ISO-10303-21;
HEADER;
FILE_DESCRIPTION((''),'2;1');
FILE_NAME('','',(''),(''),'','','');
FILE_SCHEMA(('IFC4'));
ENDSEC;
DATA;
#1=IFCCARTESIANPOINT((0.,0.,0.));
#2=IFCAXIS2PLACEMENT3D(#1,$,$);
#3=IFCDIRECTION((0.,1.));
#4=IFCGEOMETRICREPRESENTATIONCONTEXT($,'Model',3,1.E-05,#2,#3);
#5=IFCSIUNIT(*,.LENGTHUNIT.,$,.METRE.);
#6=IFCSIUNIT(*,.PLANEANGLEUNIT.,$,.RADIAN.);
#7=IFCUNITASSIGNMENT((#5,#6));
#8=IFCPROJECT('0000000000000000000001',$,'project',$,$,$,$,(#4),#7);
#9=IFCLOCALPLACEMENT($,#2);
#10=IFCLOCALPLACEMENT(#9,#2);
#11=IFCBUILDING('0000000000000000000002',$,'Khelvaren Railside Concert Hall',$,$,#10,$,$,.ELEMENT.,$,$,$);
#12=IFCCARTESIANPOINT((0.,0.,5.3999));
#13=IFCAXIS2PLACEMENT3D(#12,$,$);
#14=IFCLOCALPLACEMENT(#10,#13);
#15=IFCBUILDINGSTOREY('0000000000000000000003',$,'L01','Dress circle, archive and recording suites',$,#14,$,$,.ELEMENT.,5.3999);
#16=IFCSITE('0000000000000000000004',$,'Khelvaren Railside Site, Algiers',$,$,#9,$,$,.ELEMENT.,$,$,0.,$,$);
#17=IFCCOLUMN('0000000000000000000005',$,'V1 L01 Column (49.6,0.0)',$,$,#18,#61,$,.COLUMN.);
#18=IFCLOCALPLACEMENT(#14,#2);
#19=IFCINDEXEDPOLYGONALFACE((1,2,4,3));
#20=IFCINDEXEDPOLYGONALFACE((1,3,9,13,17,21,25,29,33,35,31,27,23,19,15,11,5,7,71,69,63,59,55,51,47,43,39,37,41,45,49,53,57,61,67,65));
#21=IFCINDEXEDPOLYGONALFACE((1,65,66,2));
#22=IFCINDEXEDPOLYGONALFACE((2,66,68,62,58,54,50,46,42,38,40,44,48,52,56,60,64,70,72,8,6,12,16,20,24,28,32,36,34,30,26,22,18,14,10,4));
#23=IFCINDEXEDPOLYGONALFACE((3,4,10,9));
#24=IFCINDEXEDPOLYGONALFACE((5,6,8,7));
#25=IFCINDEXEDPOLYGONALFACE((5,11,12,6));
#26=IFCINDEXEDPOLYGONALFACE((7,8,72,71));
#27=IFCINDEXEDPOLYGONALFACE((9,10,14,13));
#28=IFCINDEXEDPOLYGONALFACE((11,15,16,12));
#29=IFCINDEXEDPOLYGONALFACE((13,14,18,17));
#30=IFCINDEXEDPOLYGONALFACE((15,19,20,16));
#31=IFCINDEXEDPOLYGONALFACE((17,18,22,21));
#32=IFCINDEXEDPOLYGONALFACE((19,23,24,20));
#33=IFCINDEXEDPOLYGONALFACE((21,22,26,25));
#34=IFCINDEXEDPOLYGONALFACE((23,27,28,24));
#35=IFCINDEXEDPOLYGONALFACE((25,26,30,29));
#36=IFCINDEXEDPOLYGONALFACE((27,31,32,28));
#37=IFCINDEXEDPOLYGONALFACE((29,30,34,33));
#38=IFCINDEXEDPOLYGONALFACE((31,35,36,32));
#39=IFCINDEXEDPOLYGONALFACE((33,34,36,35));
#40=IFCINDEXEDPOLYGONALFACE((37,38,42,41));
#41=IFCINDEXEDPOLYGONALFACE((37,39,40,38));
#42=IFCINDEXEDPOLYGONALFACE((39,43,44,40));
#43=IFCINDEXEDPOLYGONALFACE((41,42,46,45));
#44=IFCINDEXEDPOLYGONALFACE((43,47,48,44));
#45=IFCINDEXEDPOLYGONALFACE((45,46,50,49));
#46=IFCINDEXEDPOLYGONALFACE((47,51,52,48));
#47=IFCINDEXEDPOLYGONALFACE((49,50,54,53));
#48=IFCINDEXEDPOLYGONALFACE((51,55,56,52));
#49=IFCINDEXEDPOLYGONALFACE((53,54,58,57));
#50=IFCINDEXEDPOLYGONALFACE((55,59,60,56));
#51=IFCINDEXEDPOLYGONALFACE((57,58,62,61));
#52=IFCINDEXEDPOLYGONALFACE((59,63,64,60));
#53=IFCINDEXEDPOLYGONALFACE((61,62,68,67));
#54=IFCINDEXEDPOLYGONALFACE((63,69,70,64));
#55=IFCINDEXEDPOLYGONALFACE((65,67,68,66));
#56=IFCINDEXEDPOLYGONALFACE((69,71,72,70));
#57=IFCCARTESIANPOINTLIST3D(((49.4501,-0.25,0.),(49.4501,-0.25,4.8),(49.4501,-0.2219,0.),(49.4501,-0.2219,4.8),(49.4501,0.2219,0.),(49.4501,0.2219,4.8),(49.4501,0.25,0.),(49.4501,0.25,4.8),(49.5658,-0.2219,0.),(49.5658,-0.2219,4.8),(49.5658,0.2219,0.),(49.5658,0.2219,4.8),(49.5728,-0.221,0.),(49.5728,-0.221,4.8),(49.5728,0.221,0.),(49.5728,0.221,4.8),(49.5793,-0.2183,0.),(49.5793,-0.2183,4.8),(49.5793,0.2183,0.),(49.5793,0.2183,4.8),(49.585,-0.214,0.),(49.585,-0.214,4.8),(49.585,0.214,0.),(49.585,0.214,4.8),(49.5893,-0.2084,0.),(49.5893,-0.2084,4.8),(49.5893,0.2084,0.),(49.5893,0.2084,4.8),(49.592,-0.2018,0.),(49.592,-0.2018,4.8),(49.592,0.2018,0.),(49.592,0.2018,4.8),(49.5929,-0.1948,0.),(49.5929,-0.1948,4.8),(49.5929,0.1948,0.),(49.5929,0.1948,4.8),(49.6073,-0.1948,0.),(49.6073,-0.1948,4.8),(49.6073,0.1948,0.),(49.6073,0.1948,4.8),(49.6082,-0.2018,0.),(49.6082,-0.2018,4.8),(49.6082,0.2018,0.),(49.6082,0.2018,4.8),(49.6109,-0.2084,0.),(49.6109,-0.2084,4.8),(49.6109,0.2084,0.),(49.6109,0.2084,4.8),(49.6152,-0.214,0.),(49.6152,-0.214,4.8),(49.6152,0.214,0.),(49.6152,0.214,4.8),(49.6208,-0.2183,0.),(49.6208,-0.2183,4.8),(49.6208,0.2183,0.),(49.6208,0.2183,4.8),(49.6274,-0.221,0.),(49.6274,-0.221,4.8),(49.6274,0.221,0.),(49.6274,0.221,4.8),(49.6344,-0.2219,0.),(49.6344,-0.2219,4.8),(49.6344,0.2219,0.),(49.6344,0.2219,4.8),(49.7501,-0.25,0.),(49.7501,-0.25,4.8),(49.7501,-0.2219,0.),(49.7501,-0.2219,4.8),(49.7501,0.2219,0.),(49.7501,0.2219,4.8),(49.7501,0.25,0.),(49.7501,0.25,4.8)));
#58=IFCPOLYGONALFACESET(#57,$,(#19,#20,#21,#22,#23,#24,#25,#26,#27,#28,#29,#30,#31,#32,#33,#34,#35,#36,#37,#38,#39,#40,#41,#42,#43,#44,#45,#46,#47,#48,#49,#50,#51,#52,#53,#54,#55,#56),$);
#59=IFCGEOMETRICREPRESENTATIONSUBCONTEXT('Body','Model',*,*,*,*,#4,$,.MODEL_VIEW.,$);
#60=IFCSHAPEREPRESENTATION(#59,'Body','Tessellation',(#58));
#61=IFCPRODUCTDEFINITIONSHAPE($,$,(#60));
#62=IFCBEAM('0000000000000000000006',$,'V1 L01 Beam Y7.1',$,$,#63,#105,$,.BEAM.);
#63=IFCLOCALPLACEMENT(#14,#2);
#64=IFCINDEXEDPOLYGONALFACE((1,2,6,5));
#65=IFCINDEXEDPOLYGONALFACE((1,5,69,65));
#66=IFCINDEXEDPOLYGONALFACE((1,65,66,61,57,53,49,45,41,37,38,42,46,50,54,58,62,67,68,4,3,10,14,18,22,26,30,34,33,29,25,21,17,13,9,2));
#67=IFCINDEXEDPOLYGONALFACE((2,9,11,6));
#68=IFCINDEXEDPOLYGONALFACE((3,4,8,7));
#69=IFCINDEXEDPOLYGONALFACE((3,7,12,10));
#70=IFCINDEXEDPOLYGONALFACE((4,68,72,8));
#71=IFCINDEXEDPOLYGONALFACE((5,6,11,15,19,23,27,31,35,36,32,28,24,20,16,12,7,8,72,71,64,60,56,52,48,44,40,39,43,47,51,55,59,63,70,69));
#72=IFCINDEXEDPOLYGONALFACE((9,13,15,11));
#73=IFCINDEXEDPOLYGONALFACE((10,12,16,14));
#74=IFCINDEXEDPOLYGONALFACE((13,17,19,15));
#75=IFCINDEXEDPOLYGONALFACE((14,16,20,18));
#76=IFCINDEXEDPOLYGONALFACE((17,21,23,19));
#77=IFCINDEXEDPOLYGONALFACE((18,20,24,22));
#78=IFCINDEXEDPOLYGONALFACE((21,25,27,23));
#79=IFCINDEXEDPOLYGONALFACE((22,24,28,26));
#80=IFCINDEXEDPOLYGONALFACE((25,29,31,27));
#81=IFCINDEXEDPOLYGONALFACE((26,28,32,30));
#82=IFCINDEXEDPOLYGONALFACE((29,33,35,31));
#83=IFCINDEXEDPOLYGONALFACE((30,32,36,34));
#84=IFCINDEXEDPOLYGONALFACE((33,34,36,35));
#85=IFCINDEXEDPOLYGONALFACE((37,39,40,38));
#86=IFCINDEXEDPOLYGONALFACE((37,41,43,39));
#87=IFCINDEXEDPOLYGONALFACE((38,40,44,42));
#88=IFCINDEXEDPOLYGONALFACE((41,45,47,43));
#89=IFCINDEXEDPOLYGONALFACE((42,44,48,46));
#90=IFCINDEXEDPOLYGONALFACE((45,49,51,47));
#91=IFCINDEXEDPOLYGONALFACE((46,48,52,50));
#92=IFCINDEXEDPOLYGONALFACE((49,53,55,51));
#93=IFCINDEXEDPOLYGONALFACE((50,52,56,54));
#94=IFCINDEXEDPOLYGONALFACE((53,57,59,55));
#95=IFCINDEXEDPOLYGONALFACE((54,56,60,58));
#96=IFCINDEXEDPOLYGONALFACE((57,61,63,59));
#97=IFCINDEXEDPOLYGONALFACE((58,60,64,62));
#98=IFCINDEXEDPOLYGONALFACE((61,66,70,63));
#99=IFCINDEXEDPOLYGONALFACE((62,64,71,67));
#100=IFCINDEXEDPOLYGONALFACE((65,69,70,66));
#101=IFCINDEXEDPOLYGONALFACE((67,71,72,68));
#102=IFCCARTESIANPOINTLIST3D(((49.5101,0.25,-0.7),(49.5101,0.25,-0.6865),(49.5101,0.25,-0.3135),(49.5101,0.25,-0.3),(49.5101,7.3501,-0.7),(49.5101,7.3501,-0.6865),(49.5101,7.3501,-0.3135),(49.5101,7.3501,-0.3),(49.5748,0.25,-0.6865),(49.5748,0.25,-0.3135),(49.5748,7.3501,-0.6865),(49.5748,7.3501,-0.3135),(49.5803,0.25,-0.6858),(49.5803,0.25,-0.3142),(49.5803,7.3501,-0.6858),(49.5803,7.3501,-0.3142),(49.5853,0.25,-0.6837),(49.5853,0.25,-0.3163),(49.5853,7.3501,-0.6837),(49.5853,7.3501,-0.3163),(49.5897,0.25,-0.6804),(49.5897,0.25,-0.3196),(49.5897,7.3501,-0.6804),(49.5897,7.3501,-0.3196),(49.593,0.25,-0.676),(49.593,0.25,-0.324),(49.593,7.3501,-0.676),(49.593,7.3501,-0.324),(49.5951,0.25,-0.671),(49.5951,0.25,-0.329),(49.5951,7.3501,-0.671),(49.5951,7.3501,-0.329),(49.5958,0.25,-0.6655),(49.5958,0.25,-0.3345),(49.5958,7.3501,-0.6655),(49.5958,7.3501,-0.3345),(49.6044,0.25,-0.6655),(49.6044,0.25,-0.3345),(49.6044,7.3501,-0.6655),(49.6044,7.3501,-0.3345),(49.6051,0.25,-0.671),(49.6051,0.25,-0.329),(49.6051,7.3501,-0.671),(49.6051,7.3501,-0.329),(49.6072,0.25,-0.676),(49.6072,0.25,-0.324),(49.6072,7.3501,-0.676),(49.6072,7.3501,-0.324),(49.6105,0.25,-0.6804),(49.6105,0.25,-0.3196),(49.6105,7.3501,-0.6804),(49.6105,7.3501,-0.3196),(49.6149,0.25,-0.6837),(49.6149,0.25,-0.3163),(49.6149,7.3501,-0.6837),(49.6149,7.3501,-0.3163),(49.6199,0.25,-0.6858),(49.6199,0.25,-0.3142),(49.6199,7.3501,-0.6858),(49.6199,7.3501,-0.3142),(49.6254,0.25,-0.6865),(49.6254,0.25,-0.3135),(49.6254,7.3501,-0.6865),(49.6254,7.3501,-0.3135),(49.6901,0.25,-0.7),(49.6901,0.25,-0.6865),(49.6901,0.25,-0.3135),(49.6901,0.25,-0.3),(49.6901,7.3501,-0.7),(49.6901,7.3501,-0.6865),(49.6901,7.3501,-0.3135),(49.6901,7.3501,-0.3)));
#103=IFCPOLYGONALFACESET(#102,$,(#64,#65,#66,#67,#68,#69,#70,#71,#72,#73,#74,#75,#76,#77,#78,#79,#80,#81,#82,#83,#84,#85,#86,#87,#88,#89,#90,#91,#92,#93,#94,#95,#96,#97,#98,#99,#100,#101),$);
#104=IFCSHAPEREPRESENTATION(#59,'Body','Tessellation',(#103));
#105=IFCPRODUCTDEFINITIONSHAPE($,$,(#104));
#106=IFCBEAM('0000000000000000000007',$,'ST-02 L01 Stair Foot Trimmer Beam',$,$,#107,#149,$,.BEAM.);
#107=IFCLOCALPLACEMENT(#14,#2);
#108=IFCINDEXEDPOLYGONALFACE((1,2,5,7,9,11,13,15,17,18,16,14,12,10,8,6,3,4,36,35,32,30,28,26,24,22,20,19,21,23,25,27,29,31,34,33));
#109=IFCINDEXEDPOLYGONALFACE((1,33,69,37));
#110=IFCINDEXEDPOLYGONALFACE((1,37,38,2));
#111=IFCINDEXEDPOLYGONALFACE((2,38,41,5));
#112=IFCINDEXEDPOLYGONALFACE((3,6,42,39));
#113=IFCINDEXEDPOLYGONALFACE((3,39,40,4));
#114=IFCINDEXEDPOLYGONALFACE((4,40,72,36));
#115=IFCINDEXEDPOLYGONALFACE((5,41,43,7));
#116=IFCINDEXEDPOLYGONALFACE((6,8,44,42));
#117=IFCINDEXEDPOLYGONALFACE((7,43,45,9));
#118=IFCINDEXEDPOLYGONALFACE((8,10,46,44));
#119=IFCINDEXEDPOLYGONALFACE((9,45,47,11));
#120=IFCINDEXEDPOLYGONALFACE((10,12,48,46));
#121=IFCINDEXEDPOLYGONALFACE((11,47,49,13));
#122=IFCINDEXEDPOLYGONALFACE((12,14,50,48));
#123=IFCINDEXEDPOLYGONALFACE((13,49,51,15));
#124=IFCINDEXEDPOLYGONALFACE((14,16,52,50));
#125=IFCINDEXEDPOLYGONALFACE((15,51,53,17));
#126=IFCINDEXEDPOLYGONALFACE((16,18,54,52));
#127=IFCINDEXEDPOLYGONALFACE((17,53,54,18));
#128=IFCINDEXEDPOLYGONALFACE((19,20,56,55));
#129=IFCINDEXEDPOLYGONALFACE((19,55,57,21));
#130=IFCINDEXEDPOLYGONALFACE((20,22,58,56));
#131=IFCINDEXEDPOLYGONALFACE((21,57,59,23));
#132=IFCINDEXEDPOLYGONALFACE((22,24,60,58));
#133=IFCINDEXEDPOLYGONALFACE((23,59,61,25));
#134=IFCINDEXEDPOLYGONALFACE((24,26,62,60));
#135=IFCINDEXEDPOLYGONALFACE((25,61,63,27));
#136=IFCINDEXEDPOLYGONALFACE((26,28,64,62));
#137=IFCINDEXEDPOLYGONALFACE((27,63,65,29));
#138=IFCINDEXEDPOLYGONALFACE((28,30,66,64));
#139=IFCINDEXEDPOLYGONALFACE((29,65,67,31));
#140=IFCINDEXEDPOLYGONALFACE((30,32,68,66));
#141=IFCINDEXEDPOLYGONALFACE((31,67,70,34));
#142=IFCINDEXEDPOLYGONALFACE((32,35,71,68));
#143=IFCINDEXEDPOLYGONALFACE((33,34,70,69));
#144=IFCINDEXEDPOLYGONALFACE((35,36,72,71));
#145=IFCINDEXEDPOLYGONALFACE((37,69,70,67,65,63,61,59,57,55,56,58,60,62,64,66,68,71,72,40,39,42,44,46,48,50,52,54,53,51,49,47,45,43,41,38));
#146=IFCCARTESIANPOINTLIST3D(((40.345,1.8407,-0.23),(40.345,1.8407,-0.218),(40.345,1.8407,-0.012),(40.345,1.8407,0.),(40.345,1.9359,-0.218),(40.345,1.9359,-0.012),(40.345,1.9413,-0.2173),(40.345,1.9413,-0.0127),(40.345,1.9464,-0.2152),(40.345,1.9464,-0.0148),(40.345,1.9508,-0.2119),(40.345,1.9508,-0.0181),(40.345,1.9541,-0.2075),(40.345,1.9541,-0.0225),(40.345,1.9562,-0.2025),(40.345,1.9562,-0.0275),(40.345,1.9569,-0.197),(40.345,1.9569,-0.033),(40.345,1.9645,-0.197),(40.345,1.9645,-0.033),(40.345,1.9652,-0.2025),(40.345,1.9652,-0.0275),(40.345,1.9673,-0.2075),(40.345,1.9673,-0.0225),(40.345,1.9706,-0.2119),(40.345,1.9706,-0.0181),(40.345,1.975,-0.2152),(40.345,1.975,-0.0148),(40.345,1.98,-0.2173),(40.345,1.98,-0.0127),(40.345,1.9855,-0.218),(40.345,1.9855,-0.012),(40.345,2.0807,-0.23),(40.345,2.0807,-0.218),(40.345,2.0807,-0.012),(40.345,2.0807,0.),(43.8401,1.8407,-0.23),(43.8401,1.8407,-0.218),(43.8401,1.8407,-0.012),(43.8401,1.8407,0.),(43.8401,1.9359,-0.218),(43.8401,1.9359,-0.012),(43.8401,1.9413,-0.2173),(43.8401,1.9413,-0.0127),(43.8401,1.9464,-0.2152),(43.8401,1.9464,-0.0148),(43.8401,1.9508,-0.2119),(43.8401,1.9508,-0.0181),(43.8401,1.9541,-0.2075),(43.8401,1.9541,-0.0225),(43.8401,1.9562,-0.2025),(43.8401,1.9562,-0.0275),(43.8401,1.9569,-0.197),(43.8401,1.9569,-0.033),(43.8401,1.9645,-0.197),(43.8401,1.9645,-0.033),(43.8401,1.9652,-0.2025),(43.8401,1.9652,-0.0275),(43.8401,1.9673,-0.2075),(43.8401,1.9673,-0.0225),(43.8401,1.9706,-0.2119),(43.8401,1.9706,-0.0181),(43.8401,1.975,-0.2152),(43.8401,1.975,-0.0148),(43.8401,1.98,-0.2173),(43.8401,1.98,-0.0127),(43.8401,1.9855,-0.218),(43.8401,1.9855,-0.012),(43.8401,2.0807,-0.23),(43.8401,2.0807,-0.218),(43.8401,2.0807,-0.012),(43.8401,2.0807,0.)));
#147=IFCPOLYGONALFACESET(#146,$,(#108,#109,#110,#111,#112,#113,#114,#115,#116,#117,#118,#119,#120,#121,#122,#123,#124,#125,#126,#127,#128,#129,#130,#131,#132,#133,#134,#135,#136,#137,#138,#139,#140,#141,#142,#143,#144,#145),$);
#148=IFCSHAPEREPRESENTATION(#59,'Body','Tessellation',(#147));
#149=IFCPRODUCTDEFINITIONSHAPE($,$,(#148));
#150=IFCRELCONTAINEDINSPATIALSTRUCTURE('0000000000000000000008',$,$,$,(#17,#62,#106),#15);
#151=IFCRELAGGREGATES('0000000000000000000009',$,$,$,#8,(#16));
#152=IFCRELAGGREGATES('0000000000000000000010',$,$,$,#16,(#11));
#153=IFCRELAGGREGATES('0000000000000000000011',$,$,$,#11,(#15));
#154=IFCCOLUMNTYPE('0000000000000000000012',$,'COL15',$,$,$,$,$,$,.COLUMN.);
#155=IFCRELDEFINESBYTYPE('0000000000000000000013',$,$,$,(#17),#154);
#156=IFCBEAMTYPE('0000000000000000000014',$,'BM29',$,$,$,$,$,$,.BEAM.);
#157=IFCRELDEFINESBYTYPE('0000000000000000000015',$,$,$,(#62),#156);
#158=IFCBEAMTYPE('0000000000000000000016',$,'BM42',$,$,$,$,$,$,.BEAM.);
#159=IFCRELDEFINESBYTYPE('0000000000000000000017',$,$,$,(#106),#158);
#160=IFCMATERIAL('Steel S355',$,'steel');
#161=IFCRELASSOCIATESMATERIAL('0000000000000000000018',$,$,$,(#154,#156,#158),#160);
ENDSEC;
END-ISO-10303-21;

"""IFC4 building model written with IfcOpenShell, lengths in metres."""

from ifc_helpers import new_model, si_unit, direction, frame, origin, origin_2d, place, context, subcontext, project, spatial, i_section, extrude, material, material_profile, profile_set, type_object, element, save


model = new_model("IFC4")

# Units and contexts
model_context = context("Model", 3, precision=1e-05, world=origin(), true_north=direction((0.0, 1.0)))
body_context = subcontext(model_context, "Body", "Model", "MODEL_VIEW")
ifc_project = project(units=[si_unit("LENGTHUNIT", "METRE"), si_unit("PLANEANGLEUNIT", "RADIAN")], contexts=[model_context])

# Site, building, storey
site_placement = place(None, origin())
site = spatial("IfcSite", under=ifc_project, at=site_placement, Name="Khelvaren Railside Site, Algiers", CompositionType="ELEMENT", RefElevation=0.0)
building_placement = place(site_placement, origin())
building = spatial("IfcBuilding", under=site, at=building_placement, Name="Khelvaren Railside Concert Hall", CompositionType="ELEMENT")
storey_placement = place(building_placement, frame((0.0, 0.0, 5.3999)))
storey = spatial("IfcBuildingStorey", under=building, at=storey_placement, Name="L01", Description="Dress circle, archive and recording suites", CompositionType="ELEMENT", Elevation=5.3999)

# Column
ifc_material_1 = material(Name="Steel S355", Category="steel")
ifc_material_profile_1 = material_profile(ifc_material_1, i_section(OverallWidth=0.3, OverallDepth=0.5, WebThickness=0.0144, FlangeThickness=0.0281, FilletRadius=0.0271, at=origin_2d()), Name="HEB 500")
ifc_profile_set_1 = profile_set([ifc_material_profile_1], Name="Steel S355")
column_type = type_object("IfcColumnType", Name="COL15", PredefinedType="COLUMN", material=ifc_profile_set_1)
column_placement = place(storey_placement, frame((49.6001, 0.0, 0.0), z_axis=(0.0, 0.0, 1.0), x_axis=(1.0, 0.0, 0.0)))
element("IfcColumn", 1, at=column_placement, inside=storey, type_object=column_type, Name="V1 L01 Column (49.6,0.0)", PredefinedType="COLUMN", context=body_context, shape_type="SweptSolid", body=[
    extrude(i_section(OverallWidth=0.3, OverallDepth=0.5, WebThickness=0.0144, FlangeThickness=0.0281, FilletRadius=0.0271, at=origin_2d()), origin(), (0.0, 0.0, 1.0), 4.8),
])

# Beams
ifc_material_profile_2 = material_profile(ifc_material_1, i_section(OverallWidth=0.1799, OverallDepth=0.3999, WebThickness=0.0085, FlangeThickness=0.0134, FilletRadius=0.021, at=origin_2d()), Name="IPE 400")
ifc_profile_set_2 = profile_set([ifc_material_profile_2], Name="Steel S355")
beam_type_1 = type_object("IfcBeamType", Name="BM29", PredefinedType="BEAM", material=ifc_profile_set_2)
beam_1_placement = place(storey_placement, frame((49.6001, 0.25, -0.5), z_axis=(0.0, 1.0, 0.0), x_axis=(-1.0, 0.0, 0.0)))
element("IfcBeam", 2, at=beam_1_placement, inside=storey, type_object=beam_type_1, Name="V1 L01 Beam Y7.1", PredefinedType="BEAM", context=body_context, shape_type="SweptSolid", body=[
    extrude(i_section(OverallWidth=0.1799, OverallDepth=0.3999, WebThickness=0.0085, FlangeThickness=0.0134, FilletRadius=0.021, at=origin_2d()), origin(), (0.0, 0.0, 1.0), 7.1001),
])
ifc_material_profile_3 = material_profile(ifc_material_1, i_section(OverallWidth=0.24, OverallDepth=0.23, WebThickness=0.0076, FlangeThickness=0.012, FilletRadius=0.021, at=origin_2d()), Name="HEA 240")
ifc_profile_set_3 = profile_set([ifc_material_profile_3], Name="Steel S355")
beam_type_2 = type_object("IfcBeamType", Name="BM42", PredefinedType="BEAM", material=ifc_profile_set_3)
beam_2_placement = place(storey_placement, frame((40.345, 1.9607, -0.115), z_axis=(1.0, 0.0, 0.0), x_axis=(0.0, 1.0, 0.0)))
element("IfcBeam", 3, at=beam_2_placement, inside=storey, type_object=beam_type_2, Name="ST-02 L01 Stair Foot Trimmer Beam", PredefinedType="BEAM", context=body_context, shape_type="SweptSolid", body=[
    extrude(i_section(OverallWidth=0.24, OverallDepth=0.23, WebThickness=0.0076, FlangeThickness=0.012, FilletRadius=0.021, at=origin_2d()), origin(), (0.0, 0.0, 1.0), 3.4951),
])

save(model, "model.ifc")
